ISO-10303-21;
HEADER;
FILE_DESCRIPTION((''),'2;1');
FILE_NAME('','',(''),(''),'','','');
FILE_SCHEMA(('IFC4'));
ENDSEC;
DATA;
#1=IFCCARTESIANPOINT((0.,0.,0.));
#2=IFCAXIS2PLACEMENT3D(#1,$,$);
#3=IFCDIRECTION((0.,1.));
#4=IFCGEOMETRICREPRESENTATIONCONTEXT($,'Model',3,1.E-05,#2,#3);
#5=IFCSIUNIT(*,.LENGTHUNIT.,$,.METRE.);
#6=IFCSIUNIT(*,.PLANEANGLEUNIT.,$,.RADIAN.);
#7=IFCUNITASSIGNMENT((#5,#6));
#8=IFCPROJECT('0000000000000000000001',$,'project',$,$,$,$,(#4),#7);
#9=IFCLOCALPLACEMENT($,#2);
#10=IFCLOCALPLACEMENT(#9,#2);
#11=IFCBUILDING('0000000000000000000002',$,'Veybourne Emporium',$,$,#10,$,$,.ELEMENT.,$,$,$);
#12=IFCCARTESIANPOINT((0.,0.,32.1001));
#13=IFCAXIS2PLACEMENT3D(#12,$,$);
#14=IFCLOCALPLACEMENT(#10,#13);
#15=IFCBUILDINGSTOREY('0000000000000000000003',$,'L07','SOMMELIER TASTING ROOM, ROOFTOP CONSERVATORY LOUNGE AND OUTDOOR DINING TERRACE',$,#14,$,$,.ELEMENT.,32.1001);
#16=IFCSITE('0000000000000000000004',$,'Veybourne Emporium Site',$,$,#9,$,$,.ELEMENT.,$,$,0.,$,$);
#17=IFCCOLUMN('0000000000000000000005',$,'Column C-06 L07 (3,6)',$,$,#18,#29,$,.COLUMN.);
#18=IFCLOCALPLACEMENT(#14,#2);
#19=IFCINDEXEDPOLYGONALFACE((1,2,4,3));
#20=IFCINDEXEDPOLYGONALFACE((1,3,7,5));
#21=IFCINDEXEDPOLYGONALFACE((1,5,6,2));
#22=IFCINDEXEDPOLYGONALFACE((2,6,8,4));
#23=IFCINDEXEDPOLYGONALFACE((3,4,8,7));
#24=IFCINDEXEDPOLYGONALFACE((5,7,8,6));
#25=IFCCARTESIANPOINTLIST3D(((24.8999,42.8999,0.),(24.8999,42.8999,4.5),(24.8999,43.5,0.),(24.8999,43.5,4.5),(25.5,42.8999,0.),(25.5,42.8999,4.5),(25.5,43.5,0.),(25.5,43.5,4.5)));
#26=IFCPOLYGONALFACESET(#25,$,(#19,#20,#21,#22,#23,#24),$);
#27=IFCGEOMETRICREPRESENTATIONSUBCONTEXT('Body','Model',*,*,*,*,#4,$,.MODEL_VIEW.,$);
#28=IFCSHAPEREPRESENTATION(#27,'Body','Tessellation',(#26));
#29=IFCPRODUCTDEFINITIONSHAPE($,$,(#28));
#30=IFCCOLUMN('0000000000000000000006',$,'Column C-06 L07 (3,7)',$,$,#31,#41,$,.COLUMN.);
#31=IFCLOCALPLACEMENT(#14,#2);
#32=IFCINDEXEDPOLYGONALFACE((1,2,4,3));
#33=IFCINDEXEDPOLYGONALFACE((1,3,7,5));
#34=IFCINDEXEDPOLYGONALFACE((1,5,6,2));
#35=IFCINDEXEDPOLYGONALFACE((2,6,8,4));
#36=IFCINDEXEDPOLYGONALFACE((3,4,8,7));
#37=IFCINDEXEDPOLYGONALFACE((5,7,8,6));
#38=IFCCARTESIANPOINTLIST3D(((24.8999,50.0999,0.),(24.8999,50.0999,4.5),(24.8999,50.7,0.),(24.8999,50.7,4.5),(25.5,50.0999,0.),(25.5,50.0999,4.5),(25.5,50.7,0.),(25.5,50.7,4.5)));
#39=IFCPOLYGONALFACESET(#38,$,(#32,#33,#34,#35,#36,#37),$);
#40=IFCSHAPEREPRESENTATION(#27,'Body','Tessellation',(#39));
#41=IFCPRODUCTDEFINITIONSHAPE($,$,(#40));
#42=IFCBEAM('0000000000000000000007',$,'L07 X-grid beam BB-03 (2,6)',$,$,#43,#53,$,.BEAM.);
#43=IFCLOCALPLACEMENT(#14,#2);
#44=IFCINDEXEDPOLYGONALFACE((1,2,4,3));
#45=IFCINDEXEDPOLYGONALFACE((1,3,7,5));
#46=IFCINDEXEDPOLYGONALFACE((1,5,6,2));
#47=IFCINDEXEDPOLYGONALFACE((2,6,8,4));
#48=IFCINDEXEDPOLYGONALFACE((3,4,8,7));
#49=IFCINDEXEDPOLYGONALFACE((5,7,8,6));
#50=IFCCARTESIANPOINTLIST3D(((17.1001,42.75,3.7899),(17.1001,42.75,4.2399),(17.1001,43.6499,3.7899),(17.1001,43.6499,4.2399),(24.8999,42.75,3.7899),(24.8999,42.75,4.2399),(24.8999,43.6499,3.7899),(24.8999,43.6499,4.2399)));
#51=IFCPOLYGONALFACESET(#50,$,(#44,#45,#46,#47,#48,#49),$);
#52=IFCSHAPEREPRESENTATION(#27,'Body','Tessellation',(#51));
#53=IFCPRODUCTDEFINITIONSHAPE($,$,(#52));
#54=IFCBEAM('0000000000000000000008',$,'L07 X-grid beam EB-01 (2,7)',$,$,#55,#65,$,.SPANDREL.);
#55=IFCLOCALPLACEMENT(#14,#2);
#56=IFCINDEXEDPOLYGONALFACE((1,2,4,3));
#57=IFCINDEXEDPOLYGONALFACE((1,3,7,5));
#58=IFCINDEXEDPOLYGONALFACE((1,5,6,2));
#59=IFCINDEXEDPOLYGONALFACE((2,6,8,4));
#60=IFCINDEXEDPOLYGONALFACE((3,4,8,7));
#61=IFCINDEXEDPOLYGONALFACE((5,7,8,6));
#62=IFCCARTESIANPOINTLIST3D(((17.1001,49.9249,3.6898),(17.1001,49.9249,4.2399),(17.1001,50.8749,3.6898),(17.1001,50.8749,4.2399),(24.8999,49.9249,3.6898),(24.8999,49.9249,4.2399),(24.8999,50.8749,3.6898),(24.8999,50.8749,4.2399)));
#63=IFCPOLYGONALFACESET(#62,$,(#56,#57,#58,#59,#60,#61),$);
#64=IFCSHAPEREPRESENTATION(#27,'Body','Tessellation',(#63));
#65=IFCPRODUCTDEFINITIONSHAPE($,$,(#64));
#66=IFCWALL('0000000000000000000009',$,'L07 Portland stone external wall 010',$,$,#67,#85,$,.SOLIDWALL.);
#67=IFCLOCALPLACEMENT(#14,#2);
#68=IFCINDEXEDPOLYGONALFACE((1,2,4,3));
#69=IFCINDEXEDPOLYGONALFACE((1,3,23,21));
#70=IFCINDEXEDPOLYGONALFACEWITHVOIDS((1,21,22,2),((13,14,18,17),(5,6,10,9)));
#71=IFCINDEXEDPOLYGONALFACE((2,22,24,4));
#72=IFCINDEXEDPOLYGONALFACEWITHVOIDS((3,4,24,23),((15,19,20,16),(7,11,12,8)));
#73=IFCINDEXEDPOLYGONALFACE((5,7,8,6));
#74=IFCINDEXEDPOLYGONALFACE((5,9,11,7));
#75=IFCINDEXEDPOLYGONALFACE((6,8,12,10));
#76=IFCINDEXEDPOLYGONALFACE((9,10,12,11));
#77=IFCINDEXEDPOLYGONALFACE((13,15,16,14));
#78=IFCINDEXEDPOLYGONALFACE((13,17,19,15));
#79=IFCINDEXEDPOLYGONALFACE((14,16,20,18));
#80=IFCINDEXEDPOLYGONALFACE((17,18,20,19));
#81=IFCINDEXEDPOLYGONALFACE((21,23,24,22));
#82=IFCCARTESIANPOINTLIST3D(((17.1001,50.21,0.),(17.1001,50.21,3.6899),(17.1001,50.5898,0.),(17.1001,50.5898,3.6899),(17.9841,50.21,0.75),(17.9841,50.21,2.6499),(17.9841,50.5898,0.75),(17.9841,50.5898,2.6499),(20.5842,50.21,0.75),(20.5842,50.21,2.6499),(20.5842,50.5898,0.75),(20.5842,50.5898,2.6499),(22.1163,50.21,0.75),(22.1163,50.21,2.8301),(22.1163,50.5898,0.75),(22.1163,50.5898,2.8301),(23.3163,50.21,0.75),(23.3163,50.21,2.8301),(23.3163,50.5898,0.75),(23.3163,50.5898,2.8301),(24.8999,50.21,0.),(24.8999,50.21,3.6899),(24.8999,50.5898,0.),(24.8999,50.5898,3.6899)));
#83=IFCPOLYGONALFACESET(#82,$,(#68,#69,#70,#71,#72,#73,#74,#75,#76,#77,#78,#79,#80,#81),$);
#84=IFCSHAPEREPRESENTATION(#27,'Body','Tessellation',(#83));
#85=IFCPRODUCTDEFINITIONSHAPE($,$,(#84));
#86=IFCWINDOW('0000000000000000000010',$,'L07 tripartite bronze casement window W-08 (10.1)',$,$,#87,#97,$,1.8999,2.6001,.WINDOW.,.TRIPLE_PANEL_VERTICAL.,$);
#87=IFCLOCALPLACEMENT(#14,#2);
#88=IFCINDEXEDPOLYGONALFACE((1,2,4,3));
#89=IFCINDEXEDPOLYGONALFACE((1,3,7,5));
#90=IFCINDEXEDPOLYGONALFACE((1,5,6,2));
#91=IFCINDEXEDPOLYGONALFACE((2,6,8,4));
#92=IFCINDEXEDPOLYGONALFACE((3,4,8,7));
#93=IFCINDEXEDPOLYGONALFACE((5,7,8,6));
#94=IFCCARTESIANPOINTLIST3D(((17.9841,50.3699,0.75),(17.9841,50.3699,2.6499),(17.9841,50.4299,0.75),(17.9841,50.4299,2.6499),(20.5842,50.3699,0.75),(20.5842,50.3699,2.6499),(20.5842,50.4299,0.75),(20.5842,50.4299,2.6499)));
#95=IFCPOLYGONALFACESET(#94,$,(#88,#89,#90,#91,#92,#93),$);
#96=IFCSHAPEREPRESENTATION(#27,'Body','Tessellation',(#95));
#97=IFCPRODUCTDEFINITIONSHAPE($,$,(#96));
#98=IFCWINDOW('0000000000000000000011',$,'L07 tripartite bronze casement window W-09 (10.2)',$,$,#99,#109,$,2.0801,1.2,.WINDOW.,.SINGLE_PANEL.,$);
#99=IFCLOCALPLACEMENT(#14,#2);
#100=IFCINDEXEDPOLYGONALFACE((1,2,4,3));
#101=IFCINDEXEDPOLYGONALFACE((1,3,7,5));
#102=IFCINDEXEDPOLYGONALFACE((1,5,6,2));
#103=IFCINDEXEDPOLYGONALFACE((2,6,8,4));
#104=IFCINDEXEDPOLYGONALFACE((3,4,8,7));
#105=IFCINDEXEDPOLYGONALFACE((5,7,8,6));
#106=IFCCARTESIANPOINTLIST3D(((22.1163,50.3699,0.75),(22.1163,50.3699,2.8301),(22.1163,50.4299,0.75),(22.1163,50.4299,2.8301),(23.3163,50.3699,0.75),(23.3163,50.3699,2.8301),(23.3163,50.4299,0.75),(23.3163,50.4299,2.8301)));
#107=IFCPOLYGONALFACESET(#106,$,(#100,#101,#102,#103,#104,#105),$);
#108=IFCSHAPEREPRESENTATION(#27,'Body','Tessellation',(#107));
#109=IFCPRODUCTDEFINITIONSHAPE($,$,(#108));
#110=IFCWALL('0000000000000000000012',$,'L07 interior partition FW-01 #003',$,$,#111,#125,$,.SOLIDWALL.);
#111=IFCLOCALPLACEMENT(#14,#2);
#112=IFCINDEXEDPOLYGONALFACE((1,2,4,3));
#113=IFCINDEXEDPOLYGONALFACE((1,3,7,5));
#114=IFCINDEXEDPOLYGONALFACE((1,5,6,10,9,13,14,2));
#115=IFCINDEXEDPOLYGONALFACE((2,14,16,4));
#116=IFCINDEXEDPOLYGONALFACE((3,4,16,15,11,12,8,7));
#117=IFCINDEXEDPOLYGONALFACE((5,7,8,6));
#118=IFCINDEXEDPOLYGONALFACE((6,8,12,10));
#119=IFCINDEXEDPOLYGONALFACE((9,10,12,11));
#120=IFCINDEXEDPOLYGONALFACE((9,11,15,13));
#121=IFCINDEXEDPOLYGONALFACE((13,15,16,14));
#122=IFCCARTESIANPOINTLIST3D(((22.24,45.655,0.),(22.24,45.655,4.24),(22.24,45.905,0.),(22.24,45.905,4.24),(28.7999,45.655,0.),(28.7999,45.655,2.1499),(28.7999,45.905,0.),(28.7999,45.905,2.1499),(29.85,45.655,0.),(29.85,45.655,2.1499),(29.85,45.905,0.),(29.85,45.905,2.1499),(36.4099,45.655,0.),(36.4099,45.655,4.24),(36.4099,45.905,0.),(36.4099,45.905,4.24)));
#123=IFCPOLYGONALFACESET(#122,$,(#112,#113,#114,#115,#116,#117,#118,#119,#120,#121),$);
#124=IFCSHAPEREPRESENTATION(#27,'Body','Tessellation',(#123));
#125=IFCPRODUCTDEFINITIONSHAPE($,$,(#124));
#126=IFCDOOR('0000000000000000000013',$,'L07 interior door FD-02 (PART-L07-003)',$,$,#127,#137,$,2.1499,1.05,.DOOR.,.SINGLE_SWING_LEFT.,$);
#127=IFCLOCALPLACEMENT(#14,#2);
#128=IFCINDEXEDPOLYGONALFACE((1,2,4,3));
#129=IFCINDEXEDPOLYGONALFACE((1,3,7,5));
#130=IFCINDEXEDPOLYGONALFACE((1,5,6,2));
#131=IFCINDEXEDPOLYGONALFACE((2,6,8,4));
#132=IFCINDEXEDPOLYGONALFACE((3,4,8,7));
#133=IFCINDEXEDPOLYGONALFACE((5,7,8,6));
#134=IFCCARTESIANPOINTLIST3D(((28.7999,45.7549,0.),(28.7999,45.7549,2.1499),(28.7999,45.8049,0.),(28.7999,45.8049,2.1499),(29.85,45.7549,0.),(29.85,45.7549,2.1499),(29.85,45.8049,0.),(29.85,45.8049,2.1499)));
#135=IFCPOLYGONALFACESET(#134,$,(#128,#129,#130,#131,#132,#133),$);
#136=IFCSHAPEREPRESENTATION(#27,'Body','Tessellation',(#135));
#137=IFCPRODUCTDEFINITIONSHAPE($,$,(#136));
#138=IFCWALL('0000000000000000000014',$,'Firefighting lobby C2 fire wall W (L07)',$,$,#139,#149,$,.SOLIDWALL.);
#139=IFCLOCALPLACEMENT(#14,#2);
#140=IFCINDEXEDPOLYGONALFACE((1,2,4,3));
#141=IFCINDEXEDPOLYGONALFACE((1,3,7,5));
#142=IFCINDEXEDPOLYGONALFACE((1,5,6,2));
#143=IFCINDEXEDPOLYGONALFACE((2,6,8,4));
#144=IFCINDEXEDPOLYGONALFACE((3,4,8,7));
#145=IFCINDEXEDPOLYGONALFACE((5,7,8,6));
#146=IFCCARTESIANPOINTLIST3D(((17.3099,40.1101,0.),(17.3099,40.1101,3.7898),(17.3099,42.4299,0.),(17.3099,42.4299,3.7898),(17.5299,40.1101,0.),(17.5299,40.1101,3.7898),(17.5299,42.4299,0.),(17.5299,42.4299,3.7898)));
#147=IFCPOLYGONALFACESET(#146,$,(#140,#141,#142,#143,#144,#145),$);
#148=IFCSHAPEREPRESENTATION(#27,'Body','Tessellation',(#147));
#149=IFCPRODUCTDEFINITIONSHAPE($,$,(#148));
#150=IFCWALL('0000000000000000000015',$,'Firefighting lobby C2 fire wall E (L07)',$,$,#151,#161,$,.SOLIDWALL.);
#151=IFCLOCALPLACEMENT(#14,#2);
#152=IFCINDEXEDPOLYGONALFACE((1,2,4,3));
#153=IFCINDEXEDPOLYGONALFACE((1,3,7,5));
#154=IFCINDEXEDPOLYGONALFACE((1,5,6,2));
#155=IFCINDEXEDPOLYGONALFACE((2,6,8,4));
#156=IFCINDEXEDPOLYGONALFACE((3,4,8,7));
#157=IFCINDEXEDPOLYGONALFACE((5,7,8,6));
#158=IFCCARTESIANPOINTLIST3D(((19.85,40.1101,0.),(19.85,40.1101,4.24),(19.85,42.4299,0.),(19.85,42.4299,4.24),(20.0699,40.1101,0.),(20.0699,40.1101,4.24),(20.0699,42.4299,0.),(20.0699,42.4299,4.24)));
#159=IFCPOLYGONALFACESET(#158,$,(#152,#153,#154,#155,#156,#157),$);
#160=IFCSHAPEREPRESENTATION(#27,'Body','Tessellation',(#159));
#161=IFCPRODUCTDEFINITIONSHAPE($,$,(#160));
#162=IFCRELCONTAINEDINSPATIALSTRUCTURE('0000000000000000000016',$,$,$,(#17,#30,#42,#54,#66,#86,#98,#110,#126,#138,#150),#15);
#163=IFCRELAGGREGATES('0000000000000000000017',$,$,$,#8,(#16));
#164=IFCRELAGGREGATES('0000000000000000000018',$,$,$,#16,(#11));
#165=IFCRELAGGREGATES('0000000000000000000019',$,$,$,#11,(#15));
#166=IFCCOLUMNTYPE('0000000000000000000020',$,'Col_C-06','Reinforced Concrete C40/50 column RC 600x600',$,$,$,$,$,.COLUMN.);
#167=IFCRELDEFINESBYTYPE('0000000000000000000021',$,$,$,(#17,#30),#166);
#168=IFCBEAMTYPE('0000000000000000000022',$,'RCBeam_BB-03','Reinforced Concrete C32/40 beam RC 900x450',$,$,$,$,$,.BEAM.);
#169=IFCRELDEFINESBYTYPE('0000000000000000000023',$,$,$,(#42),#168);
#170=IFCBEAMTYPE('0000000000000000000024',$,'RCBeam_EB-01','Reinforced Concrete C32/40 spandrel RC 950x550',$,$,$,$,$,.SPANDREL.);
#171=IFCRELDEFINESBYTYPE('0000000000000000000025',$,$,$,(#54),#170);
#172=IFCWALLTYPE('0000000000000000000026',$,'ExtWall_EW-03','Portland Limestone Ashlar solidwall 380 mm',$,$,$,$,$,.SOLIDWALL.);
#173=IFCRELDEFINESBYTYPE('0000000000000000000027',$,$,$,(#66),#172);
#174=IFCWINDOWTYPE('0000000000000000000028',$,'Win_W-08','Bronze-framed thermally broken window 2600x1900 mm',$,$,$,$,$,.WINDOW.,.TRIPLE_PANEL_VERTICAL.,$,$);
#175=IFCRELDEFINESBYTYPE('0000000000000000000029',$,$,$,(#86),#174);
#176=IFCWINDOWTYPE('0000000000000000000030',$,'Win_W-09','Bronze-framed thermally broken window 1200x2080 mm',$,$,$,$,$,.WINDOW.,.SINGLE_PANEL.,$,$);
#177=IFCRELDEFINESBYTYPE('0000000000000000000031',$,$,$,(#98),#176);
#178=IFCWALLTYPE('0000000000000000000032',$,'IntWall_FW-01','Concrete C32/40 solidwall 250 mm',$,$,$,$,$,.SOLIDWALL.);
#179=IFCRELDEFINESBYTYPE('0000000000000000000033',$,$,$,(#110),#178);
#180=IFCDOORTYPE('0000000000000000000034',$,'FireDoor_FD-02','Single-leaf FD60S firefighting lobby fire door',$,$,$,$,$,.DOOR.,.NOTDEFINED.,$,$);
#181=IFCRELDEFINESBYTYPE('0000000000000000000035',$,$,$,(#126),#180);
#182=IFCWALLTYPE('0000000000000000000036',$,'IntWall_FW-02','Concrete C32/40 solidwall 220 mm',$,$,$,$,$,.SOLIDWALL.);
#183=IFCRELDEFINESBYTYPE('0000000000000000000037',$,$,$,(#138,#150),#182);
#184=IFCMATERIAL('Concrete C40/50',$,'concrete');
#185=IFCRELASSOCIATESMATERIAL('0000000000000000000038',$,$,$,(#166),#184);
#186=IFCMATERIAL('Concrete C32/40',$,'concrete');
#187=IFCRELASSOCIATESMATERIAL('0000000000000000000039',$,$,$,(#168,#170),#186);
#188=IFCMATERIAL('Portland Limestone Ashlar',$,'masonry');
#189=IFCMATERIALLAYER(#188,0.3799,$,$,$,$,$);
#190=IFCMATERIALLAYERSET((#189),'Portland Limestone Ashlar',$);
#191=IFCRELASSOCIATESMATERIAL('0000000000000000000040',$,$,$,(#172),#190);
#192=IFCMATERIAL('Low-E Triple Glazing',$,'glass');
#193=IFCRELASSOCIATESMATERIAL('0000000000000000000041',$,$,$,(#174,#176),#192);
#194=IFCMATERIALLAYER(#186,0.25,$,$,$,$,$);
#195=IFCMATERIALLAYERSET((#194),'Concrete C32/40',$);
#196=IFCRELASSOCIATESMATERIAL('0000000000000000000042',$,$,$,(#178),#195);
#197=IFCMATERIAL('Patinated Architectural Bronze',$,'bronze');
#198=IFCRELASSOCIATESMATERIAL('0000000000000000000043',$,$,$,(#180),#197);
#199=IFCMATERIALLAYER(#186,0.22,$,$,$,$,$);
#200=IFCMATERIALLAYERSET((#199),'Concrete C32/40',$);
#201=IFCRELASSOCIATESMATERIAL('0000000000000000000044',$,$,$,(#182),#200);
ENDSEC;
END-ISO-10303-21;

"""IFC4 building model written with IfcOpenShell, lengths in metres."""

from ifc_helpers import new_model, si_unit, direction, frame, frame_2d, origin, origin_2d, place, context, subcontext, project, spatial, rectangle, extrude, material, layer, layer_set, material_profile, profile_set, type_object, element, fill, save


model = new_model("IFC4")

# Units and contexts
model_context = context("Model", 3, precision=1e-05, world=origin(), true_north=direction((0.0, 1.0)))
body_context = subcontext(model_context, "Body", "Model", "MODEL_VIEW")
ifc_project = project(units=[si_unit("LENGTHUNIT", "METRE"), si_unit("PLANEANGLEUNIT", "RADIAN")], contexts=[model_context])

# Site, building, storey
site_placement = place(None, origin())
site = spatial("IfcSite", under=ifc_project, at=site_placement, Name="Veybourne Emporium Site", CompositionType="ELEMENT", RefElevation=0.0)
building_placement = place(site_placement, origin())
building = spatial("IfcBuilding", under=site, at=building_placement, Name="Veybourne Emporium", CompositionType="ELEMENT")
storey_placement = place(building_placement, frame((0.0, 0.0, 32.1001)))
storey = spatial("IfcBuildingStorey", under=building, at=storey_placement, Name="L07", Description="SOMMELIER TASTING ROOM, ROOFTOP CONSERVATORY LOUNGE AND OUTDOOR DINING TERRACE", CompositionType="ELEMENT", Elevation=32.1001)

# Columns
ifc_material_1 = material(Name="Concrete C40/50", Category="concrete")
ifc_material_profile_1 = material_profile(ifc_material_1, rectangle(XDim=0.6001, YDim=0.6001, at=origin_2d()), Name="RC 600x600")
ifc_profile_set_1 = profile_set([ifc_material_profile_1], Name="Concrete C40/50")
column_type = type_object("IfcColumnType", Name="Col_C-06", Description="Reinforced Concrete C40/50 column RC 600x600", PredefinedType="COLUMN", material=ifc_profile_set_1)
for number, where, z_axis, x_axis, name in (
    (1, (25.2, 43.2, 0.0), (0.0, 0.0, 1.0), (1.0, 0.0, 0.0), "Column C-06 L07 (3,6)"),
    (2, (25.2, 50.3999, 0.0), (0.0, 0.0, 1.0), (1.0, 0.0, 0.0), "Column C-06 L07 (3,7)"),
):
    element("IfcColumn", number, at=place(storey_placement, frame(where, z_axis=z_axis, x_axis=x_axis)), inside=storey, type_object=column_type, Name=name, PredefinedType="COLUMN", context=body_context, shape_type="SweptSolid", body=[
        extrude(rectangle(XDim=0.6001, YDim=0.6001, at=origin_2d()), origin(), (0.0, 0.0, 1.0), 4.5),
    ])

# Beams
ifc_material_2 = material(Name="Concrete C32/40", Category="concrete")
ifc_material_profile_2 = material_profile(ifc_material_2, rectangle(XDim=0.8999, YDim=0.45, at=origin_2d()), Name="RC 900x450")
ifc_profile_set_2 = profile_set([ifc_material_profile_2], Name="Concrete C32/40")
beam_type_1 = type_object("IfcBeamType", Name="RCBeam_BB-03", Description="Reinforced Concrete C32/40 beam RC 900x450", PredefinedType="BEAM", material=ifc_profile_set_2)
beam_1_placement = place(storey_placement, frame((17.1001, 43.2, 4.0149), z_axis=(1.0, 0.0, 0.0), x_axis=(0.0, 1.0, 0.0)))
element("IfcBeam", 3, at=beam_1_placement, inside=storey, type_object=beam_type_1, Name="L07 X-grid beam BB-03 (2,6)", PredefinedType="BEAM", context=body_context, shape_type="SweptSolid", body=[
    extrude(rectangle(XDim=0.8999, YDim=0.45, at=origin_2d()), origin(), (0.0, 0.0, 1.0), 7.7998),
])
ifc_material_profile_3 = material_profile(ifc_material_2, rectangle(XDim=0.95, YDim=0.55, at=origin_2d()), Name="RC 950x550")
ifc_profile_set_3 = profile_set([ifc_material_profile_3], Name="Concrete C32/40")
beam_type_2 = type_object("IfcBeamType", Name="RCBeam_EB-01", Description="Reinforced Concrete C32/40 spandrel RC 950x550", PredefinedType="SPANDREL", material=ifc_profile_set_3)
beam_2_placement = place(storey_placement, frame((17.1001, 50.3999, 3.9648), z_axis=(1.0, 0.0, 0.0), x_axis=(0.0, 1.0, 0.0)))
element("IfcBeam", 4, at=beam_2_placement, inside=storey, type_object=beam_type_2, Name="L07 X-grid beam EB-01 (2,7)", PredefinedType="SPANDREL", context=body_context, shape_type="SweptSolid", body=[
    extrude(rectangle(XDim=0.95, YDim=0.55, at=origin_2d()), origin(), (0.0, 0.0, 1.0), 7.7998),
])

# Wall, openings, windows
ifc_material_3 = material(Name="Portland Limestone Ashlar", Category="masonry")
ifc_layer_1 = layer(ifc_material_3, 0.3799)
ifc_layer_set_1 = layer_set([ifc_layer_1], Name="Portland Limestone Ashlar")
wall_type_1 = type_object("IfcWallType", Name="ExtWall_EW-03", Description="Portland Limestone Ashlar solidwall 380 mm", PredefinedType="SOLIDWALL", material=ifc_layer_set_1)
wall_1_placement = place(storey_placement, frame((17.1001, 50.3999, 0.0), z_axis=(0.0, 0.0, 1.0), x_axis=(1.0, 0.0, 0.0)))
wall_1 = element("IfcWall", 5, at=wall_1_placement, inside=storey, type_object=wall_type_1, Name="L07 Portland stone external wall 010", PredefinedType="SOLIDWALL", context=body_context, shape_type="SweptSolid", body=[
    extrude(rectangle(XDim=7.7998, YDim=0.3799, at=frame_2d((3.8999, 0.0))), origin(), (0.0, 0.0, 1.0), 3.6899),
])
opening_1_placement = place(wall_1_placement, frame((0.884, 0.0, 0.75)))
opening_1 = element("IfcOpeningElement", 6, at=opening_1_placement, cuts=wall_1, PredefinedType="OPENING", context=body_context, shape_type="SweptSolid", body=[
    extrude(rectangle(XDim=2.6001, YDim=1.8999, at=frame_2d((1.3, 0.95))), frame((0.0, 0.21, 0.0), z_axis=(0.0, -1.0, 0.0), x_axis=(1.0, 0.0, 0.0)), (0.0, 0.0, 1.0), 0.4199),
])
opening_2_placement = place(wall_1_placement, frame((5.0161, 0.0, 0.75)))
opening_2 = element("IfcOpeningElement", 7, at=opening_2_placement, cuts=wall_1, PredefinedType="OPENING", context=body_context, shape_type="SweptSolid", body=[
    extrude(rectangle(XDim=1.2, YDim=2.0801, at=frame_2d((0.6001, 1.04))), frame((0.0, 0.21, 0.0), z_axis=(0.0, -1.0, 0.0), x_axis=(1.0, 0.0, 0.0)), (0.0, 0.0, 1.0), 0.4199),
])
ifc_material_4 = material(Name="Low-E Triple Glazing", Category="glass")
window_type_1 = type_object("IfcWindowType", Name="Win_W-08", Description="Bronze-framed thermally broken window 2600x1900 mm", PartitioningType="TRIPLE_PANEL_VERTICAL", PredefinedType="WINDOW", material=ifc_material_4)
window_1_placement = place(opening_1_placement, origin())
window_1 = element("IfcWindow", 8, at=window_1_placement, inside=storey, type_object=window_type_1, Name="L07 tripartite bronze casement window W-08 (10.1)", OverallHeight=1.8999, OverallWidth=2.6001, PartitioningType="TRIPLE_PANEL_VERTICAL", PredefinedType="WINDOW", context=body_context, shape_type="SweptSolid", body=[
    extrude(rectangle(XDim=2.6001, YDim=1.8999, at=frame_2d((1.3, 0.95))), frame((0.0, 0.03, 0.0), z_axis=(0.0, -1.0, 0.0), x_axis=(1.0, 0.0, 0.0)), (0.0, 0.0, 1.0), 0.0601),
])
fill(opening_1, window_1)
window_type_2 = type_object("IfcWindowType", Name="Win_W-09", Description="Bronze-framed thermally broken window 1200x2080 mm", PartitioningType="SINGLE_PANEL", PredefinedType="WINDOW", material=ifc_material_4)
window_2_placement = place(opening_2_placement, origin())
window_2 = element("IfcWindow", 9, at=window_2_placement, inside=storey, type_object=window_type_2, Name="L07 tripartite bronze casement window W-09 (10.2)", OverallHeight=2.0801, OverallWidth=1.2, PartitioningType="SINGLE_PANEL", PredefinedType="WINDOW", context=body_context, shape_type="SweptSolid", body=[
    extrude(rectangle(XDim=1.2, YDim=2.0801, at=frame_2d((0.6001, 1.04))), frame((0.0, 0.03, 0.0), z_axis=(0.0, -1.0, 0.0), x_axis=(1.0, 0.0, 0.0)), (0.0, 0.0, 1.0), 0.0601),
])
fill(opening_2, window_2)

# Wall, opening, door
ifc_layer_2 = layer(ifc_material_2, 0.25)
ifc_layer_set_2 = layer_set([ifc_layer_2], Name="Concrete C32/40")
wall_type_2 = type_object("IfcWallType", Name="IntWall_FW-01", Description="Concrete C32/40 solidwall 250 mm", PredefinedType="SOLIDWALL", material=ifc_layer_set_2)
wall_2_placement = place(storey_placement, frame((22.24, 45.78, 0.0), z_axis=(0.0, 0.0, 1.0), x_axis=(1.0, 0.0, 0.0)))
wall_2 = element("IfcWall", 10, at=wall_2_placement, inside=storey, type_object=wall_type_2, Name="L07 interior partition FW-01 #003", PredefinedType="SOLIDWALL", context=body_context, shape_type="SweptSolid", body=[
    extrude(rectangle(XDim=14.1699, YDim=0.25, at=frame_2d((7.085, 0.0))), origin(), (0.0, 0.0, 1.0), 4.24),
])
opening_3_placement = place(wall_2_placement, frame((6.5601, 0.0, 0.0)))
opening_3 = element("IfcOpeningElement", 11, at=opening_3_placement, cuts=wall_2, PredefinedType="OPENING", context=body_context, shape_type="SweptSolid", body=[
    extrude(rectangle(XDim=1.05, YDim=2.1499, at=frame_2d((0.5249, 1.075))), frame((0.0, 0.145, 0.0), z_axis=(0.0, -1.0, 0.0), x_axis=(1.0, 0.0, 0.0)), (0.0, 0.0, 1.0), 0.29),
])
ifc_material_5 = material(Name="Patinated Architectural Bronze", Category="bronze")
door_type_1 = type_object("IfcDoorType", Name="FireDoor_FD-02", Description="Single-leaf FD60S firefighting lobby fire door", OperationType="NOTDEFINED", PredefinedType="DOOR", material=ifc_material_5)
door_1_placement = place(opening_3_placement, origin())
door_1 = element("IfcDoor", 12, at=door_1_placement, inside=storey, type_object=door_type_1, Name="L07 interior door FD-02 (PART-L07-003)", OperationType="SINGLE_SWING_LEFT", OverallHeight=2.1499, OverallWidth=1.05, PredefinedType="DOOR", context=body_context, shape_type="SweptSolid", body=[
    extrude(rectangle(XDim=1.05, YDim=2.1499, at=frame_2d((0.5249, 1.075))), frame((0.0, 0.0249, 0.0), z_axis=(0.0, -1.0, 0.0), x_axis=(1.0, 0.0, 0.0)), (0.0, 0.0, 1.0), 0.05),
])
fill(opening_3, door_1)
ifc_layer_3 = layer(ifc_material_2, 0.22)
ifc_layer_set_3 = layer_set([ifc_layer_3], Name="Concrete C32/40")
wall_type_3 = type_object("IfcWallType", Name="IntWall_FW-02", Description="Concrete C32/40 solidwall 220 mm", PredefinedType="SOLIDWALL", material=ifc_layer_set_3)

# Walls
wall_3_placement = place(storey_placement, frame((17.4199, 40.1101, 0.0), z_axis=(0.0, 0.0, 1.0), x_axis=(0.0, 1.0, 0.0)))
element("IfcWall", 13, at=wall_3_placement, inside=storey, type_object=wall_type_3, Name="Firefighting lobby C2 fire wall W (L07)", PredefinedType="SOLIDWALL", context=body_context, shape_type="SweptSolid", body=[
    extrude(rectangle(XDim=2.3198, YDim=0.22, at=frame_2d((1.1599, 0.0))), origin(), (0.0, 0.0, 1.0), 3.7898),
])
wall_4_placement = place(storey_placement, frame((19.96, 40.1101, 0.0), z_axis=(0.0, 0.0, 1.0), x_axis=(0.0, 1.0, 0.0)))
element("IfcWall", 14, at=wall_4_placement, inside=storey, type_object=wall_type_3, Name="Firefighting lobby C2 fire wall E (L07)", PredefinedType="SOLIDWALL", context=body_context, shape_type="SweptSolid", body=[
    extrude(rectangle(XDim=2.3198, YDim=0.22, at=frame_2d((1.1599, 0.0))), origin(), (0.0, 0.0, 1.0), 4.24),
])

save(model, "model.ifc")
